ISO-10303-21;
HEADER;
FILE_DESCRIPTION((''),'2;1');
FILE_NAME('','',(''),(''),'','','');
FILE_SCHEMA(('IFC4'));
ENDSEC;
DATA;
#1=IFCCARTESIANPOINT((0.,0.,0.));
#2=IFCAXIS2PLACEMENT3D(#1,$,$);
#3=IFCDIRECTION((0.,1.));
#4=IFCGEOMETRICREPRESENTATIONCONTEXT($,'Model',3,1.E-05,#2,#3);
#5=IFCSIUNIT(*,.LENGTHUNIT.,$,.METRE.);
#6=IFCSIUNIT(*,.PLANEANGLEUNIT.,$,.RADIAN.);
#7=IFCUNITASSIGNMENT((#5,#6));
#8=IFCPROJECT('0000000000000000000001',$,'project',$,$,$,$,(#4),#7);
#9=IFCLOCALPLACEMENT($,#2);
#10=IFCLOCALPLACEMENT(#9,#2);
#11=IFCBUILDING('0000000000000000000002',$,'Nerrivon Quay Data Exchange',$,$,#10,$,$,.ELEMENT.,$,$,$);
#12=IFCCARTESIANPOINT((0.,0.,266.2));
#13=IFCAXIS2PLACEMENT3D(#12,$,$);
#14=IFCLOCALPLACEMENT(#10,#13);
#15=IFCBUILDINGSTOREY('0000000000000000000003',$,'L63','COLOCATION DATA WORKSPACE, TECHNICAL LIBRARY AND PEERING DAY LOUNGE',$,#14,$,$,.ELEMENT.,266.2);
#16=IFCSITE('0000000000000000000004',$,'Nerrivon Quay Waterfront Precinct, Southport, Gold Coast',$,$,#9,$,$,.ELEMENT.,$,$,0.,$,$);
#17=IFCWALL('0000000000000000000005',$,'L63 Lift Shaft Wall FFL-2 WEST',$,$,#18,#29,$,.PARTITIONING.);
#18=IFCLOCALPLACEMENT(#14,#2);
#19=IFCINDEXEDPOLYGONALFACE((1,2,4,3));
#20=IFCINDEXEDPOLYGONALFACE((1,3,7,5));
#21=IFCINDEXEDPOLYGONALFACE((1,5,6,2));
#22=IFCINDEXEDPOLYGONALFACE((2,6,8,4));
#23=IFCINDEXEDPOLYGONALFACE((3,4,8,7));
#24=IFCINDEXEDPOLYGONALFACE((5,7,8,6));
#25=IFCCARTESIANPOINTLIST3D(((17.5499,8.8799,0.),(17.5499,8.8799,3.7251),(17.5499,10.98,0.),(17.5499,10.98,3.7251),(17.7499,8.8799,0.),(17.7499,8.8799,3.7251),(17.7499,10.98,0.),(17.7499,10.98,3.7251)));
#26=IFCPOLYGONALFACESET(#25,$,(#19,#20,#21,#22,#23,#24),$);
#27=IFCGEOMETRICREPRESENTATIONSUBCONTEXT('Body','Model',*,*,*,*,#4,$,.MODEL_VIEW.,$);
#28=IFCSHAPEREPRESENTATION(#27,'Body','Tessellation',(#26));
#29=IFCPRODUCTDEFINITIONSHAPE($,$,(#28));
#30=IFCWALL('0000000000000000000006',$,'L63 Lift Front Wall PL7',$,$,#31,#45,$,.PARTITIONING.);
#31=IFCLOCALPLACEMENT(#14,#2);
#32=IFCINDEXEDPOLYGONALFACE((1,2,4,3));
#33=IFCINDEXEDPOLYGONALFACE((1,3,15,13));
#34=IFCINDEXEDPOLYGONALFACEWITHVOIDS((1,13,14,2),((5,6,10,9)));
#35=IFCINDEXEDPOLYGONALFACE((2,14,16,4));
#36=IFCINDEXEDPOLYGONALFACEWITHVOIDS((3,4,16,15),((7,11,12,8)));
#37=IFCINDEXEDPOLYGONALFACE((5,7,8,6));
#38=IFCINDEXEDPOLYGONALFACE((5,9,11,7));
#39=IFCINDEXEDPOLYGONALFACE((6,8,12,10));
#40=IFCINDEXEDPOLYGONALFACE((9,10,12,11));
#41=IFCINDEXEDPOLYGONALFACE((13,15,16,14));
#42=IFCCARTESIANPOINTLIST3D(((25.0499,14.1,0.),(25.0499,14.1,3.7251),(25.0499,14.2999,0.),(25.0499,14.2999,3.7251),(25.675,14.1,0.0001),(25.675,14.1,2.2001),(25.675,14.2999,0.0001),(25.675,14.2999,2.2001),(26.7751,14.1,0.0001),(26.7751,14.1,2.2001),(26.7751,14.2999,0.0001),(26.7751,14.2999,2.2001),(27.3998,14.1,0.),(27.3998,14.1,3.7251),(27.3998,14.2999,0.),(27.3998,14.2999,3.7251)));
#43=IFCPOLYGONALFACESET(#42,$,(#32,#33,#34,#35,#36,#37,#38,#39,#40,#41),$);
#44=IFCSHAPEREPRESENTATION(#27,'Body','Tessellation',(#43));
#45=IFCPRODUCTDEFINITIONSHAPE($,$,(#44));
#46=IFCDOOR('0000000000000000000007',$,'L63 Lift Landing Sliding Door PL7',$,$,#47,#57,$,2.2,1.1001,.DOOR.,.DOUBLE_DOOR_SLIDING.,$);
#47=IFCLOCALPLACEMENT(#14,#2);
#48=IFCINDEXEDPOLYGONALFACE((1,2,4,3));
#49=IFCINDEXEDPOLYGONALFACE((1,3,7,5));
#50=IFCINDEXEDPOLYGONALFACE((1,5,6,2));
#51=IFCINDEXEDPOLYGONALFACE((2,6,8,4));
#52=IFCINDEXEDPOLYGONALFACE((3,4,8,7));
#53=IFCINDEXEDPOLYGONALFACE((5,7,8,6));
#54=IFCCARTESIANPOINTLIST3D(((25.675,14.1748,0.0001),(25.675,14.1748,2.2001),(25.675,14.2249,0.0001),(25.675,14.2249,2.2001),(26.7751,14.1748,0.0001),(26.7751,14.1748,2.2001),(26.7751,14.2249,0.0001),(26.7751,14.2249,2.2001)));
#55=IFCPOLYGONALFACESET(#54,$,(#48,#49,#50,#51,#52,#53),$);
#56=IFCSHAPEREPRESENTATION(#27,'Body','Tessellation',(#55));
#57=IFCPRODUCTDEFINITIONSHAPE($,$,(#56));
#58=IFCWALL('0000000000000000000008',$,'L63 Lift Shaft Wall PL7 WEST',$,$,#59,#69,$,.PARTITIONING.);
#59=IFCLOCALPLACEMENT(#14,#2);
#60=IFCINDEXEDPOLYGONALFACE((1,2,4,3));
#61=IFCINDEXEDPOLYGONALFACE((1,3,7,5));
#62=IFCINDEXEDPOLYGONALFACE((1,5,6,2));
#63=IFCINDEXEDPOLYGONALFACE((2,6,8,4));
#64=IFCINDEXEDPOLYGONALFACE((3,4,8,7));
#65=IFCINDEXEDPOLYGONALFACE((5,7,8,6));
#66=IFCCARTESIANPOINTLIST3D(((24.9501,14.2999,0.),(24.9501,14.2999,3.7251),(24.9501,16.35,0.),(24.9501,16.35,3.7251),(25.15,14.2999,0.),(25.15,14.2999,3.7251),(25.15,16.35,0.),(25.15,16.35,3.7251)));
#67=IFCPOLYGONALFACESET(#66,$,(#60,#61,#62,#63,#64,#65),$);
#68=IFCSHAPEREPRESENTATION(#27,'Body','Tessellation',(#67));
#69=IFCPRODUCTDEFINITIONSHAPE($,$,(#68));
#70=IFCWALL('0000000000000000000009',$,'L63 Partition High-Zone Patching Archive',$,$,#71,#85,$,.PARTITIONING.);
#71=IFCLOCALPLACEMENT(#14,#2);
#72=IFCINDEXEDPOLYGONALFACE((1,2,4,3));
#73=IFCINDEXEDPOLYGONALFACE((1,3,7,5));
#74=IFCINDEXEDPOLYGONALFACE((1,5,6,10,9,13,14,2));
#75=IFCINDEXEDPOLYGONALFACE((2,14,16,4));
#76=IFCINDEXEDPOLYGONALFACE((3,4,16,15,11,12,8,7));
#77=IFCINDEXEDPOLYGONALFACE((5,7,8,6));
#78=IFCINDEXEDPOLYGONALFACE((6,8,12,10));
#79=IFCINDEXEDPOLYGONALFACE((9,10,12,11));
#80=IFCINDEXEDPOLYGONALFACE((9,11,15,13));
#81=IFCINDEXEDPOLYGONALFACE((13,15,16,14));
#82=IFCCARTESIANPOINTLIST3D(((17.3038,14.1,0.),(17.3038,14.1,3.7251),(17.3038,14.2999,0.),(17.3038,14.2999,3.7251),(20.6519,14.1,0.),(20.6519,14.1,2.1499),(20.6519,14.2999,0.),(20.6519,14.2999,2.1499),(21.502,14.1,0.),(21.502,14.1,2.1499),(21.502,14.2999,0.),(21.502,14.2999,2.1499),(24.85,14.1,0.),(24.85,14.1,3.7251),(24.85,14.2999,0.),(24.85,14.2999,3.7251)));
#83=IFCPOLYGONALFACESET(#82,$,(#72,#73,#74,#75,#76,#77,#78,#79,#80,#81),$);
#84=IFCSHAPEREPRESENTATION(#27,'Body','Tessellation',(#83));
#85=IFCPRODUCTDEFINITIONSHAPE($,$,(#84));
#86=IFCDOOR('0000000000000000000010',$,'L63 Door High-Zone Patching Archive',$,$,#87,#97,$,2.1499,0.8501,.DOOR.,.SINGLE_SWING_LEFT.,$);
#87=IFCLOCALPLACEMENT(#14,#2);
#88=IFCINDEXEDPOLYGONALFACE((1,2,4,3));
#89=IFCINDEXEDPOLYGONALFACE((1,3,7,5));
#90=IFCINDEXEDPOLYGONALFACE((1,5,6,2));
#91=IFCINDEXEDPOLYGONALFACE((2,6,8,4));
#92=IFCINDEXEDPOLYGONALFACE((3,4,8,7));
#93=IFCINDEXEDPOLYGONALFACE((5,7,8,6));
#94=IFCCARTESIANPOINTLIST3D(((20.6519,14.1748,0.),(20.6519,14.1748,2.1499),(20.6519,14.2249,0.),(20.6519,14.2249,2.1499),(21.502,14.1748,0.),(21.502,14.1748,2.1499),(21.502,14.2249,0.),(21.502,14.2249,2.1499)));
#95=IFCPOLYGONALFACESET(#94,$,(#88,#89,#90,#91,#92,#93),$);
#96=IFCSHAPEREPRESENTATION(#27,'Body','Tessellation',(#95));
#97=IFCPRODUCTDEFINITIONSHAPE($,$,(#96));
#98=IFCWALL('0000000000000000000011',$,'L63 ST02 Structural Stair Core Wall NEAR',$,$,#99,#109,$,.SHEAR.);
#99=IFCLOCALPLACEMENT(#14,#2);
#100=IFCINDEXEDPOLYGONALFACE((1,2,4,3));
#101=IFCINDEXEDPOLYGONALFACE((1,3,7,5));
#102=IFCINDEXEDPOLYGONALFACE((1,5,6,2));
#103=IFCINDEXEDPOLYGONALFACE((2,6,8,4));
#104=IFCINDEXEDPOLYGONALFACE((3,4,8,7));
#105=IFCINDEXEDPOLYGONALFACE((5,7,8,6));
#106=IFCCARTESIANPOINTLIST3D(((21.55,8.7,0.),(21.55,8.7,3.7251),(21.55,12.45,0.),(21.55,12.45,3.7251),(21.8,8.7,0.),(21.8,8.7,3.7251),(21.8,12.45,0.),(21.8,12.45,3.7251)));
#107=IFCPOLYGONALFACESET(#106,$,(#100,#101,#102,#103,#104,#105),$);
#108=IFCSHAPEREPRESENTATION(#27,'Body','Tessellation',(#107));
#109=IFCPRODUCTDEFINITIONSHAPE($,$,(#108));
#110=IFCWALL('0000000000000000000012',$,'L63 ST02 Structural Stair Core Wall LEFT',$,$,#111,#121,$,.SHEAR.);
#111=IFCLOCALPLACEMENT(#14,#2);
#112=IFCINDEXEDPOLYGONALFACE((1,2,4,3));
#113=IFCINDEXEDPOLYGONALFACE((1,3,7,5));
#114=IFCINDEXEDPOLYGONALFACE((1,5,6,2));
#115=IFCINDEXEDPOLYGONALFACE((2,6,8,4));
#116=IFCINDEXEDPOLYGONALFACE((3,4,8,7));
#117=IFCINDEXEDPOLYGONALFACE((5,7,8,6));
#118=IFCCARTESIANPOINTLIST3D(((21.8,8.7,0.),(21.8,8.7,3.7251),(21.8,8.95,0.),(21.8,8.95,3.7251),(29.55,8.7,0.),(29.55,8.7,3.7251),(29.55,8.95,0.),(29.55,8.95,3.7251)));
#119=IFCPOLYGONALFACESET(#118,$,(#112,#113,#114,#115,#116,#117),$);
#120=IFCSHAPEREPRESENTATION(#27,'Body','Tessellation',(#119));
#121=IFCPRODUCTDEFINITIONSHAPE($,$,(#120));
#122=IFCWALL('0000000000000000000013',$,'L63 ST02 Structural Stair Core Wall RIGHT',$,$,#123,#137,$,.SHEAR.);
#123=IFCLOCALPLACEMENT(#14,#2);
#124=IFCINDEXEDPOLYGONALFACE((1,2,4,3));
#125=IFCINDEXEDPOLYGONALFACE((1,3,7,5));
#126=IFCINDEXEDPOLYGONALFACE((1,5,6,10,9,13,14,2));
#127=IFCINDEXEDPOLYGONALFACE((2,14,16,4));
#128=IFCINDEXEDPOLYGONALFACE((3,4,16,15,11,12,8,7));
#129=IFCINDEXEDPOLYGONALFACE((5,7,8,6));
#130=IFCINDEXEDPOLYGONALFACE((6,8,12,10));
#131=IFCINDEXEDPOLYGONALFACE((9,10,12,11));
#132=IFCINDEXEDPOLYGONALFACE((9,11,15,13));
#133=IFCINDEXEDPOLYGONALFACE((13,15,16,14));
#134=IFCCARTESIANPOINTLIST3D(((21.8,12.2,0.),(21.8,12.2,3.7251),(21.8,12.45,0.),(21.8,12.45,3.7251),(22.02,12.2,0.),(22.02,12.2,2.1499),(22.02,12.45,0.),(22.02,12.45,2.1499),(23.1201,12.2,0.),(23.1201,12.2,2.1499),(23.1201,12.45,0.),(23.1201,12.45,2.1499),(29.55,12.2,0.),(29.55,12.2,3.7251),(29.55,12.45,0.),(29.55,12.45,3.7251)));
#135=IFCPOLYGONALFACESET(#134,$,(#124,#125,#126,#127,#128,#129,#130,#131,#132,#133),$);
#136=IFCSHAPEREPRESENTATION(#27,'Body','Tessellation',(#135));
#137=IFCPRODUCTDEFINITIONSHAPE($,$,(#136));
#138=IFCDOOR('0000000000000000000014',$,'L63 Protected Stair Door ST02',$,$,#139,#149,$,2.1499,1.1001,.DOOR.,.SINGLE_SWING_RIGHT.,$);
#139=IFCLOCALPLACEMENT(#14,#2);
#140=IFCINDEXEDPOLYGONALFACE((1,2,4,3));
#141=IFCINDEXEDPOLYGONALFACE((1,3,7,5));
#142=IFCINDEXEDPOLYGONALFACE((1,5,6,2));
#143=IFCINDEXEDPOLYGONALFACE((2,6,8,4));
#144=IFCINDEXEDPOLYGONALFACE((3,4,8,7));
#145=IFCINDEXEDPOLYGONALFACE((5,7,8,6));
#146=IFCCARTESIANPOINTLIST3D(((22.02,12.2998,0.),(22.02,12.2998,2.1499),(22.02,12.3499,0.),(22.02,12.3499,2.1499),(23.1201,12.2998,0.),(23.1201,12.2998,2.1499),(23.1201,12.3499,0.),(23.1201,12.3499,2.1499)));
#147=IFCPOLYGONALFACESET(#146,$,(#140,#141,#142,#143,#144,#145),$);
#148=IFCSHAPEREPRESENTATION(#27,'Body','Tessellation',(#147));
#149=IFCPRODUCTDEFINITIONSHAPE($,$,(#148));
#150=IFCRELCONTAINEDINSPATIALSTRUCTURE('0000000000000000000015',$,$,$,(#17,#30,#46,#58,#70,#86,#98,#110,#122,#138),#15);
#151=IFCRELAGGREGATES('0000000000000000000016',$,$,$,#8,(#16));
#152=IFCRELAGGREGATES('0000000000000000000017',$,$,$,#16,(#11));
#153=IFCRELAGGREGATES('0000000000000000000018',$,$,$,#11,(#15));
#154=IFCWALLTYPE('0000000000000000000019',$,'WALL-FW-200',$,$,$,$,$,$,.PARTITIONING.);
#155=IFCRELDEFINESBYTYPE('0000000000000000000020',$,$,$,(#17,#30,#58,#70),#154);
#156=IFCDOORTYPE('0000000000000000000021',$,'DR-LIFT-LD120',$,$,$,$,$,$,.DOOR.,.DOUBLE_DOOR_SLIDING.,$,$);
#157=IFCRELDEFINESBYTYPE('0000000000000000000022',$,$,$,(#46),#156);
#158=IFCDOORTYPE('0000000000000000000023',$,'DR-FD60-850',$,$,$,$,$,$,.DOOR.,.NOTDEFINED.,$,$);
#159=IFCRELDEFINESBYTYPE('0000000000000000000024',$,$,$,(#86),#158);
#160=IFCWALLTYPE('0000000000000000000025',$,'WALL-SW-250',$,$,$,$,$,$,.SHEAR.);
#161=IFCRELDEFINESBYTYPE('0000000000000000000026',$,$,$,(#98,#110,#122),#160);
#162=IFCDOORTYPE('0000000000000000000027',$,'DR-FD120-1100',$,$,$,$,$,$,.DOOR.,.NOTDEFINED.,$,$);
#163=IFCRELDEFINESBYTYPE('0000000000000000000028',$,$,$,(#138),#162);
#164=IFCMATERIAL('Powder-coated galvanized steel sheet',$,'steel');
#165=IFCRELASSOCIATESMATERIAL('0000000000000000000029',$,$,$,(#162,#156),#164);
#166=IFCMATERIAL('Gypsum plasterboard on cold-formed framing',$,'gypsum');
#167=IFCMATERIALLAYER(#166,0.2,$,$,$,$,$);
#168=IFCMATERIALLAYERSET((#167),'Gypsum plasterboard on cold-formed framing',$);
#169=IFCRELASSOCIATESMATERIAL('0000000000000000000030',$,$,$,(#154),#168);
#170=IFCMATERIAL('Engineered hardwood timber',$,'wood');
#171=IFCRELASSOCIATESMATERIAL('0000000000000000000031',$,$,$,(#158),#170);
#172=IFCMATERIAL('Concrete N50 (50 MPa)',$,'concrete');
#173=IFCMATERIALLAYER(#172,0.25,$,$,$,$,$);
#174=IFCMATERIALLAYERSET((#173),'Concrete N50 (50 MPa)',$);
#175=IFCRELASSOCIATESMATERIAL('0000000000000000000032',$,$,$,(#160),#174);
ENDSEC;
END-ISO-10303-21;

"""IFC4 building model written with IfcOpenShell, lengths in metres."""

from ifc_helpers import new_model, si_unit, direction, frame, frame_2d, origin, place, context, subcontext, project, spatial, rectangle, extrude, material, layer, layer_set, type_object, element, fill, save


model = new_model("IFC4")

# Units and contexts
model_context = context("Model", 3, precision=1e-05, world=origin(), true_north=direction((0.0, 1.0)))
body_context = subcontext(model_context, "Body", "Model", "MODEL_VIEW")
ifc_project = project(units=[si_unit("LENGTHUNIT", "METRE"), si_unit("PLANEANGLEUNIT", "RADIAN")], contexts=[model_context])

# Site, building, storey
site_placement = place(None, origin())
site = spatial("IfcSite", under=ifc_project, at=site_placement, Name="Nerrivon Quay Waterfront Precinct, Southport, Gold Coast", CompositionType="ELEMENT", RefElevation=0.0)
building_placement = place(site_placement, origin())
building = spatial("IfcBuilding", under=site, at=building_placement, Name="Nerrivon Quay Data Exchange", CompositionType="ELEMENT")
storey_placement = place(building_placement, frame((0.0, 0.0, 266.2)))
storey = spatial("IfcBuildingStorey", under=building, at=storey_placement, Name="L63", Description="COLOCATION DATA WORKSPACE, TECHNICAL LIBRARY AND PEERING DAY LOUNGE", CompositionType="ELEMENT", Elevation=266.2)

# Shared definitions
ifc_material_1 = material(Name="Concrete N50 (50 MPa)", Category="concrete")

# Shared definitions
ifc_material_2 = material(Name="Powder-coated galvanized steel sheet", Category="steel")
door_type_1 = type_object("IfcDoorType", Name="DR-FD120-1100", OperationType="NOTDEFINED", PredefinedType="DOOR", material=ifc_material_2)

# Shared definitions
ifc_material_3 = material(Name="Gypsum plasterboard on cold-formed framing", Category="gypsum")
ifc_layer_1 = layer(ifc_material_3, 0.2)
ifc_layer_set_1 = layer_set([ifc_layer_1], Name="Gypsum plasterboard on cold-formed framing")
wall_type_1 = type_object("IfcWallType", Name="WALL-FW-200", PredefinedType="PARTITIONING", material=ifc_layer_set_1)

# Shared definitions
door_type_2 = type_object("IfcDoorType", Name="DR-LIFT-LD120", OperationType="DOUBLE_DOOR_SLIDING", PredefinedType="DOOR", material=ifc_material_2)

# Wall
for number, where, z_axis, x_axis, name in (
    (1, (17.6499, 8.8799, 0.0), (0.0, 0.0, 1.0), (0.0, 1.0, 0.0), "L63 Lift Shaft Wall FFL-2 WEST"),
):
    element("IfcWall", number, at=place(storey_placement, frame(where, z_axis=z_axis, x_axis=x_axis)), inside=storey, type_object=wall_type_1, Name=name, PredefinedType="PARTITIONING", context=body_context, shape_type="SweptSolid", body=[
        extrude(rectangle(XDim=2.1001, YDim=0.2, at=frame_2d((1.05, 0.0))), origin(), (0.0, 0.0, 1.0), 3.7251),
    ])

# Wall, opening, door
wall_1_placement = place(storey_placement, frame((25.05, 14.2, 0.0), z_axis=(0.0, 0.0, 1.0), x_axis=(1.0, 0.0, 0.0)))
wall_1 = element("IfcWall", 2, at=wall_1_placement, inside=storey, type_object=wall_type_1, Name="L63 Lift Front Wall PL7", PredefinedType="PARTITIONING", context=body_context, shape_type="SweptSolid", body=[
    extrude(rectangle(XDim=2.3499, YDim=0.2, at=frame_2d((1.1748, 0.0))), origin(), (0.0, 0.0, 1.0), 3.7251),
])
opening_1_placement = place(wall_1_placement, frame((0.625, 0.0, 0.0)))
opening_1 = element("IfcOpeningElement", 3, at=opening_1_placement, cuts=wall_1, PredefinedType="OPENING", context=body_context, shape_type="SweptSolid", body=[
    extrude(rectangle(XDim=1.1001, YDim=2.2, at=frame_2d((0.55, 1.1001))), frame((0.0, 0.1099, 0.0), z_axis=(0.0, -1.0, 0.0), x_axis=(1.0, 0.0, 0.0)), (0.0, 0.0, 1.0), 0.22),
])
door_1_placement = place(opening_1_placement, origin())
door_1 = element("IfcDoor", 4, at=door_1_placement, inside=storey, type_object=door_type_2, Name="L63 Lift Landing Sliding Door PL7", OperationType="DOUBLE_DOOR_SLIDING", OverallHeight=2.2, OverallWidth=1.1001, PredefinedType="DOOR", context=body_context, shape_type="SweptSolid", body=[
    extrude(rectangle(XDim=1.1001, YDim=2.2, at=frame_2d((0.55, 1.1001))), frame((0.0, 0.0249, 0.0), z_axis=(0.0, -1.0, 0.0), x_axis=(1.0, 0.0, 0.0)), (0.0, 0.0, 1.0), 0.05),
])
fill(opening_1, door_1)

# Wall
wall_2_placement = place(storey_placement, frame((25.05, 14.3, 0.0), z_axis=(0.0, 0.0, 1.0), x_axis=(0.0, 1.0, 0.0)))
element("IfcWall", 5, at=wall_2_placement, inside=storey, type_object=wall_type_1, Name="L63 Lift Shaft Wall PL7 WEST", PredefinedType="PARTITIONING", context=body_context, shape_type="SweptSolid", body=[
    extrude(rectangle(XDim=2.05, YDim=0.2, at=frame_2d((1.0249, 0.0))), origin(), (0.0, 0.0, 1.0), 3.7251),
])

# Wall, opening, door
wall_3_placement = place(storey_placement, frame((17.304, 14.2, 0.0), z_axis=(0.0, 0.0, 1.0), x_axis=(1.0, 0.0, 0.0)))
wall_3 = element("IfcWall", 6, at=wall_3_placement, inside=storey, type_object=wall_type_1, Name="L63 Partition High-Zone Patching Archive", PredefinedType="PARTITIONING", context=body_context, shape_type="SweptSolid", body=[
    extrude(rectangle(XDim=7.5461, YDim=0.2, at=frame_2d((3.7729, 0.0))), origin(), (0.0, 0.0, 1.0), 3.7251),
])
opening_2_placement = place(wall_3_placement, frame((3.3479, 0.0, 0.0)))
opening_2 = element("IfcOpeningElement", 7, at=opening_2_placement, cuts=wall_3, PredefinedType="OPENING", context=body_context, shape_type="SweptSolid", body=[
    extrude(rectangle(XDim=0.8501, YDim=2.1499, at=frame_2d((0.425, 1.075))), frame((0.0, 0.1099, 0.0), z_axis=(0.0, -1.0, 0.0), x_axis=(1.0, 0.0, 0.0)), (0.0, 0.0, 1.0), 0.22),
])
ifc_material_4 = material(Name="Engineered hardwood timber", Category="wood")
door_type_3 = type_object("IfcDoorType", Name="DR-FD60-850", OperationType="NOTDEFINED", PredefinedType="DOOR", material=ifc_material_4)
door_2_placement = place(opening_2_placement, origin())
door_2 = element("IfcDoor", 8, at=door_2_placement, inside=storey, type_object=door_type_3, Name="L63 Door High-Zone Patching Archive", OperationType="SINGLE_SWING_LEFT", OverallHeight=2.1499, OverallWidth=0.8501, PredefinedType="DOOR", context=body_context, shape_type="SweptSolid", body=[
    extrude(rectangle(XDim=0.8501, YDim=2.1499, at=frame_2d((0.425, 1.075))), frame((0.0, 0.0249, 0.0), z_axis=(0.0, -1.0, 0.0), x_axis=(1.0, 0.0, 0.0)), (0.0, 0.0, 1.0), 0.05),
])
fill(opening_2, door_2)

# Walls
ifc_layer_2 = layer(ifc_material_1, 0.25)
ifc_layer_set_2 = layer_set([ifc_layer_2], Name="Concrete N50 (50 MPa)")
wall_type_2 = type_object("IfcWallType", Name="WALL-SW-250", PredefinedType="SHEAR", material=ifc_layer_set_2)
wall_4_placement = place(storey_placement, frame((21.675, 8.7, 0.0), z_axis=(0.0, 0.0, 1.0), x_axis=(0.0, 1.0, 0.0)))
element("IfcWall", 9, at=wall_4_placement, inside=storey, type_object=wall_type_2, Name="L63 ST02 Structural Stair Core Wall NEAR", PredefinedType="SHEAR", context=body_context, shape_type="SweptSolid", body=[
    extrude(rectangle(XDim=3.75, YDim=0.25, at=frame_2d((1.875, 0.0))), origin(), (0.0, 0.0, 1.0), 3.7251),
])
wall_5_placement = place(storey_placement, frame((21.8, 8.825, 0.0), z_axis=(0.0, 0.0, 1.0), x_axis=(1.0, 0.0, 0.0)))
element("IfcWall", 10, at=wall_5_placement, inside=storey, type_object=wall_type_2, Name="L63 ST02 Structural Stair Core Wall LEFT", PredefinedType="SHEAR", context=body_context, shape_type="SweptSolid", body=[
    extrude(rectangle(XDim=7.75, YDim=0.25, at=frame_2d((3.875, 0.0))), origin(), (0.0, 0.0, 1.0), 3.7251),
])

# Wall, opening, door
wall_6_placement = place(storey_placement, frame((21.8, 12.325, 0.0), z_axis=(0.0, 0.0, 1.0), x_axis=(1.0, 0.0, 0.0)))
wall_6 = element("IfcWall", 11, at=wall_6_placement, inside=storey, type_object=wall_type_2, Name="L63 ST02 Structural Stair Core Wall RIGHT", PredefinedType="SHEAR", context=body_context, shape_type="SweptSolid", body=[
    extrude(rectangle(XDim=7.75, YDim=0.25, at=frame_2d((3.875, 0.0))), origin(), (0.0, 0.0, 1.0), 3.7251),
])
opening_3_placement = place(wall_6_placement, frame((0.22, 0.0, 0.0)))
opening_3 = element("IfcOpeningElement", 12, at=opening_3_placement, cuts=wall_6, PredefinedType="OPENING", context=body_context, shape_type="SweptSolid", body=[
    extrude(rectangle(XDim=1.1001, YDim=2.1499, at=frame_2d((0.55, 1.075))), frame((0.0, 0.135, 0.0), z_axis=(0.0, -1.0, 0.0), x_axis=(1.0, 0.0, 0.0)), (0.0, 0.0, 1.0), 0.27),
])
door_3_placement = place(opening_3_placement, origin())
door_3 = element("IfcDoor", 13, at=door_3_placement, inside=storey, type_object=door_type_1, Name="L63 Protected Stair Door ST02", OperationType="SINGLE_SWING_RIGHT", OverallHeight=2.1499, OverallWidth=1.1001, PredefinedType="DOOR", context=body_context, shape_type="SweptSolid", body=[
    extrude(rectangle(XDim=1.1001, YDim=2.1499, at=frame_2d((0.55, 1.075))), frame((0.0, 0.0249, 0.0), z_axis=(0.0, -1.0, 0.0), x_axis=(1.0, 0.0, 0.0)), (0.0, 0.0, 1.0), 0.05),
])
fill(opening_3, door_3)

save(model, "model.ifc")
